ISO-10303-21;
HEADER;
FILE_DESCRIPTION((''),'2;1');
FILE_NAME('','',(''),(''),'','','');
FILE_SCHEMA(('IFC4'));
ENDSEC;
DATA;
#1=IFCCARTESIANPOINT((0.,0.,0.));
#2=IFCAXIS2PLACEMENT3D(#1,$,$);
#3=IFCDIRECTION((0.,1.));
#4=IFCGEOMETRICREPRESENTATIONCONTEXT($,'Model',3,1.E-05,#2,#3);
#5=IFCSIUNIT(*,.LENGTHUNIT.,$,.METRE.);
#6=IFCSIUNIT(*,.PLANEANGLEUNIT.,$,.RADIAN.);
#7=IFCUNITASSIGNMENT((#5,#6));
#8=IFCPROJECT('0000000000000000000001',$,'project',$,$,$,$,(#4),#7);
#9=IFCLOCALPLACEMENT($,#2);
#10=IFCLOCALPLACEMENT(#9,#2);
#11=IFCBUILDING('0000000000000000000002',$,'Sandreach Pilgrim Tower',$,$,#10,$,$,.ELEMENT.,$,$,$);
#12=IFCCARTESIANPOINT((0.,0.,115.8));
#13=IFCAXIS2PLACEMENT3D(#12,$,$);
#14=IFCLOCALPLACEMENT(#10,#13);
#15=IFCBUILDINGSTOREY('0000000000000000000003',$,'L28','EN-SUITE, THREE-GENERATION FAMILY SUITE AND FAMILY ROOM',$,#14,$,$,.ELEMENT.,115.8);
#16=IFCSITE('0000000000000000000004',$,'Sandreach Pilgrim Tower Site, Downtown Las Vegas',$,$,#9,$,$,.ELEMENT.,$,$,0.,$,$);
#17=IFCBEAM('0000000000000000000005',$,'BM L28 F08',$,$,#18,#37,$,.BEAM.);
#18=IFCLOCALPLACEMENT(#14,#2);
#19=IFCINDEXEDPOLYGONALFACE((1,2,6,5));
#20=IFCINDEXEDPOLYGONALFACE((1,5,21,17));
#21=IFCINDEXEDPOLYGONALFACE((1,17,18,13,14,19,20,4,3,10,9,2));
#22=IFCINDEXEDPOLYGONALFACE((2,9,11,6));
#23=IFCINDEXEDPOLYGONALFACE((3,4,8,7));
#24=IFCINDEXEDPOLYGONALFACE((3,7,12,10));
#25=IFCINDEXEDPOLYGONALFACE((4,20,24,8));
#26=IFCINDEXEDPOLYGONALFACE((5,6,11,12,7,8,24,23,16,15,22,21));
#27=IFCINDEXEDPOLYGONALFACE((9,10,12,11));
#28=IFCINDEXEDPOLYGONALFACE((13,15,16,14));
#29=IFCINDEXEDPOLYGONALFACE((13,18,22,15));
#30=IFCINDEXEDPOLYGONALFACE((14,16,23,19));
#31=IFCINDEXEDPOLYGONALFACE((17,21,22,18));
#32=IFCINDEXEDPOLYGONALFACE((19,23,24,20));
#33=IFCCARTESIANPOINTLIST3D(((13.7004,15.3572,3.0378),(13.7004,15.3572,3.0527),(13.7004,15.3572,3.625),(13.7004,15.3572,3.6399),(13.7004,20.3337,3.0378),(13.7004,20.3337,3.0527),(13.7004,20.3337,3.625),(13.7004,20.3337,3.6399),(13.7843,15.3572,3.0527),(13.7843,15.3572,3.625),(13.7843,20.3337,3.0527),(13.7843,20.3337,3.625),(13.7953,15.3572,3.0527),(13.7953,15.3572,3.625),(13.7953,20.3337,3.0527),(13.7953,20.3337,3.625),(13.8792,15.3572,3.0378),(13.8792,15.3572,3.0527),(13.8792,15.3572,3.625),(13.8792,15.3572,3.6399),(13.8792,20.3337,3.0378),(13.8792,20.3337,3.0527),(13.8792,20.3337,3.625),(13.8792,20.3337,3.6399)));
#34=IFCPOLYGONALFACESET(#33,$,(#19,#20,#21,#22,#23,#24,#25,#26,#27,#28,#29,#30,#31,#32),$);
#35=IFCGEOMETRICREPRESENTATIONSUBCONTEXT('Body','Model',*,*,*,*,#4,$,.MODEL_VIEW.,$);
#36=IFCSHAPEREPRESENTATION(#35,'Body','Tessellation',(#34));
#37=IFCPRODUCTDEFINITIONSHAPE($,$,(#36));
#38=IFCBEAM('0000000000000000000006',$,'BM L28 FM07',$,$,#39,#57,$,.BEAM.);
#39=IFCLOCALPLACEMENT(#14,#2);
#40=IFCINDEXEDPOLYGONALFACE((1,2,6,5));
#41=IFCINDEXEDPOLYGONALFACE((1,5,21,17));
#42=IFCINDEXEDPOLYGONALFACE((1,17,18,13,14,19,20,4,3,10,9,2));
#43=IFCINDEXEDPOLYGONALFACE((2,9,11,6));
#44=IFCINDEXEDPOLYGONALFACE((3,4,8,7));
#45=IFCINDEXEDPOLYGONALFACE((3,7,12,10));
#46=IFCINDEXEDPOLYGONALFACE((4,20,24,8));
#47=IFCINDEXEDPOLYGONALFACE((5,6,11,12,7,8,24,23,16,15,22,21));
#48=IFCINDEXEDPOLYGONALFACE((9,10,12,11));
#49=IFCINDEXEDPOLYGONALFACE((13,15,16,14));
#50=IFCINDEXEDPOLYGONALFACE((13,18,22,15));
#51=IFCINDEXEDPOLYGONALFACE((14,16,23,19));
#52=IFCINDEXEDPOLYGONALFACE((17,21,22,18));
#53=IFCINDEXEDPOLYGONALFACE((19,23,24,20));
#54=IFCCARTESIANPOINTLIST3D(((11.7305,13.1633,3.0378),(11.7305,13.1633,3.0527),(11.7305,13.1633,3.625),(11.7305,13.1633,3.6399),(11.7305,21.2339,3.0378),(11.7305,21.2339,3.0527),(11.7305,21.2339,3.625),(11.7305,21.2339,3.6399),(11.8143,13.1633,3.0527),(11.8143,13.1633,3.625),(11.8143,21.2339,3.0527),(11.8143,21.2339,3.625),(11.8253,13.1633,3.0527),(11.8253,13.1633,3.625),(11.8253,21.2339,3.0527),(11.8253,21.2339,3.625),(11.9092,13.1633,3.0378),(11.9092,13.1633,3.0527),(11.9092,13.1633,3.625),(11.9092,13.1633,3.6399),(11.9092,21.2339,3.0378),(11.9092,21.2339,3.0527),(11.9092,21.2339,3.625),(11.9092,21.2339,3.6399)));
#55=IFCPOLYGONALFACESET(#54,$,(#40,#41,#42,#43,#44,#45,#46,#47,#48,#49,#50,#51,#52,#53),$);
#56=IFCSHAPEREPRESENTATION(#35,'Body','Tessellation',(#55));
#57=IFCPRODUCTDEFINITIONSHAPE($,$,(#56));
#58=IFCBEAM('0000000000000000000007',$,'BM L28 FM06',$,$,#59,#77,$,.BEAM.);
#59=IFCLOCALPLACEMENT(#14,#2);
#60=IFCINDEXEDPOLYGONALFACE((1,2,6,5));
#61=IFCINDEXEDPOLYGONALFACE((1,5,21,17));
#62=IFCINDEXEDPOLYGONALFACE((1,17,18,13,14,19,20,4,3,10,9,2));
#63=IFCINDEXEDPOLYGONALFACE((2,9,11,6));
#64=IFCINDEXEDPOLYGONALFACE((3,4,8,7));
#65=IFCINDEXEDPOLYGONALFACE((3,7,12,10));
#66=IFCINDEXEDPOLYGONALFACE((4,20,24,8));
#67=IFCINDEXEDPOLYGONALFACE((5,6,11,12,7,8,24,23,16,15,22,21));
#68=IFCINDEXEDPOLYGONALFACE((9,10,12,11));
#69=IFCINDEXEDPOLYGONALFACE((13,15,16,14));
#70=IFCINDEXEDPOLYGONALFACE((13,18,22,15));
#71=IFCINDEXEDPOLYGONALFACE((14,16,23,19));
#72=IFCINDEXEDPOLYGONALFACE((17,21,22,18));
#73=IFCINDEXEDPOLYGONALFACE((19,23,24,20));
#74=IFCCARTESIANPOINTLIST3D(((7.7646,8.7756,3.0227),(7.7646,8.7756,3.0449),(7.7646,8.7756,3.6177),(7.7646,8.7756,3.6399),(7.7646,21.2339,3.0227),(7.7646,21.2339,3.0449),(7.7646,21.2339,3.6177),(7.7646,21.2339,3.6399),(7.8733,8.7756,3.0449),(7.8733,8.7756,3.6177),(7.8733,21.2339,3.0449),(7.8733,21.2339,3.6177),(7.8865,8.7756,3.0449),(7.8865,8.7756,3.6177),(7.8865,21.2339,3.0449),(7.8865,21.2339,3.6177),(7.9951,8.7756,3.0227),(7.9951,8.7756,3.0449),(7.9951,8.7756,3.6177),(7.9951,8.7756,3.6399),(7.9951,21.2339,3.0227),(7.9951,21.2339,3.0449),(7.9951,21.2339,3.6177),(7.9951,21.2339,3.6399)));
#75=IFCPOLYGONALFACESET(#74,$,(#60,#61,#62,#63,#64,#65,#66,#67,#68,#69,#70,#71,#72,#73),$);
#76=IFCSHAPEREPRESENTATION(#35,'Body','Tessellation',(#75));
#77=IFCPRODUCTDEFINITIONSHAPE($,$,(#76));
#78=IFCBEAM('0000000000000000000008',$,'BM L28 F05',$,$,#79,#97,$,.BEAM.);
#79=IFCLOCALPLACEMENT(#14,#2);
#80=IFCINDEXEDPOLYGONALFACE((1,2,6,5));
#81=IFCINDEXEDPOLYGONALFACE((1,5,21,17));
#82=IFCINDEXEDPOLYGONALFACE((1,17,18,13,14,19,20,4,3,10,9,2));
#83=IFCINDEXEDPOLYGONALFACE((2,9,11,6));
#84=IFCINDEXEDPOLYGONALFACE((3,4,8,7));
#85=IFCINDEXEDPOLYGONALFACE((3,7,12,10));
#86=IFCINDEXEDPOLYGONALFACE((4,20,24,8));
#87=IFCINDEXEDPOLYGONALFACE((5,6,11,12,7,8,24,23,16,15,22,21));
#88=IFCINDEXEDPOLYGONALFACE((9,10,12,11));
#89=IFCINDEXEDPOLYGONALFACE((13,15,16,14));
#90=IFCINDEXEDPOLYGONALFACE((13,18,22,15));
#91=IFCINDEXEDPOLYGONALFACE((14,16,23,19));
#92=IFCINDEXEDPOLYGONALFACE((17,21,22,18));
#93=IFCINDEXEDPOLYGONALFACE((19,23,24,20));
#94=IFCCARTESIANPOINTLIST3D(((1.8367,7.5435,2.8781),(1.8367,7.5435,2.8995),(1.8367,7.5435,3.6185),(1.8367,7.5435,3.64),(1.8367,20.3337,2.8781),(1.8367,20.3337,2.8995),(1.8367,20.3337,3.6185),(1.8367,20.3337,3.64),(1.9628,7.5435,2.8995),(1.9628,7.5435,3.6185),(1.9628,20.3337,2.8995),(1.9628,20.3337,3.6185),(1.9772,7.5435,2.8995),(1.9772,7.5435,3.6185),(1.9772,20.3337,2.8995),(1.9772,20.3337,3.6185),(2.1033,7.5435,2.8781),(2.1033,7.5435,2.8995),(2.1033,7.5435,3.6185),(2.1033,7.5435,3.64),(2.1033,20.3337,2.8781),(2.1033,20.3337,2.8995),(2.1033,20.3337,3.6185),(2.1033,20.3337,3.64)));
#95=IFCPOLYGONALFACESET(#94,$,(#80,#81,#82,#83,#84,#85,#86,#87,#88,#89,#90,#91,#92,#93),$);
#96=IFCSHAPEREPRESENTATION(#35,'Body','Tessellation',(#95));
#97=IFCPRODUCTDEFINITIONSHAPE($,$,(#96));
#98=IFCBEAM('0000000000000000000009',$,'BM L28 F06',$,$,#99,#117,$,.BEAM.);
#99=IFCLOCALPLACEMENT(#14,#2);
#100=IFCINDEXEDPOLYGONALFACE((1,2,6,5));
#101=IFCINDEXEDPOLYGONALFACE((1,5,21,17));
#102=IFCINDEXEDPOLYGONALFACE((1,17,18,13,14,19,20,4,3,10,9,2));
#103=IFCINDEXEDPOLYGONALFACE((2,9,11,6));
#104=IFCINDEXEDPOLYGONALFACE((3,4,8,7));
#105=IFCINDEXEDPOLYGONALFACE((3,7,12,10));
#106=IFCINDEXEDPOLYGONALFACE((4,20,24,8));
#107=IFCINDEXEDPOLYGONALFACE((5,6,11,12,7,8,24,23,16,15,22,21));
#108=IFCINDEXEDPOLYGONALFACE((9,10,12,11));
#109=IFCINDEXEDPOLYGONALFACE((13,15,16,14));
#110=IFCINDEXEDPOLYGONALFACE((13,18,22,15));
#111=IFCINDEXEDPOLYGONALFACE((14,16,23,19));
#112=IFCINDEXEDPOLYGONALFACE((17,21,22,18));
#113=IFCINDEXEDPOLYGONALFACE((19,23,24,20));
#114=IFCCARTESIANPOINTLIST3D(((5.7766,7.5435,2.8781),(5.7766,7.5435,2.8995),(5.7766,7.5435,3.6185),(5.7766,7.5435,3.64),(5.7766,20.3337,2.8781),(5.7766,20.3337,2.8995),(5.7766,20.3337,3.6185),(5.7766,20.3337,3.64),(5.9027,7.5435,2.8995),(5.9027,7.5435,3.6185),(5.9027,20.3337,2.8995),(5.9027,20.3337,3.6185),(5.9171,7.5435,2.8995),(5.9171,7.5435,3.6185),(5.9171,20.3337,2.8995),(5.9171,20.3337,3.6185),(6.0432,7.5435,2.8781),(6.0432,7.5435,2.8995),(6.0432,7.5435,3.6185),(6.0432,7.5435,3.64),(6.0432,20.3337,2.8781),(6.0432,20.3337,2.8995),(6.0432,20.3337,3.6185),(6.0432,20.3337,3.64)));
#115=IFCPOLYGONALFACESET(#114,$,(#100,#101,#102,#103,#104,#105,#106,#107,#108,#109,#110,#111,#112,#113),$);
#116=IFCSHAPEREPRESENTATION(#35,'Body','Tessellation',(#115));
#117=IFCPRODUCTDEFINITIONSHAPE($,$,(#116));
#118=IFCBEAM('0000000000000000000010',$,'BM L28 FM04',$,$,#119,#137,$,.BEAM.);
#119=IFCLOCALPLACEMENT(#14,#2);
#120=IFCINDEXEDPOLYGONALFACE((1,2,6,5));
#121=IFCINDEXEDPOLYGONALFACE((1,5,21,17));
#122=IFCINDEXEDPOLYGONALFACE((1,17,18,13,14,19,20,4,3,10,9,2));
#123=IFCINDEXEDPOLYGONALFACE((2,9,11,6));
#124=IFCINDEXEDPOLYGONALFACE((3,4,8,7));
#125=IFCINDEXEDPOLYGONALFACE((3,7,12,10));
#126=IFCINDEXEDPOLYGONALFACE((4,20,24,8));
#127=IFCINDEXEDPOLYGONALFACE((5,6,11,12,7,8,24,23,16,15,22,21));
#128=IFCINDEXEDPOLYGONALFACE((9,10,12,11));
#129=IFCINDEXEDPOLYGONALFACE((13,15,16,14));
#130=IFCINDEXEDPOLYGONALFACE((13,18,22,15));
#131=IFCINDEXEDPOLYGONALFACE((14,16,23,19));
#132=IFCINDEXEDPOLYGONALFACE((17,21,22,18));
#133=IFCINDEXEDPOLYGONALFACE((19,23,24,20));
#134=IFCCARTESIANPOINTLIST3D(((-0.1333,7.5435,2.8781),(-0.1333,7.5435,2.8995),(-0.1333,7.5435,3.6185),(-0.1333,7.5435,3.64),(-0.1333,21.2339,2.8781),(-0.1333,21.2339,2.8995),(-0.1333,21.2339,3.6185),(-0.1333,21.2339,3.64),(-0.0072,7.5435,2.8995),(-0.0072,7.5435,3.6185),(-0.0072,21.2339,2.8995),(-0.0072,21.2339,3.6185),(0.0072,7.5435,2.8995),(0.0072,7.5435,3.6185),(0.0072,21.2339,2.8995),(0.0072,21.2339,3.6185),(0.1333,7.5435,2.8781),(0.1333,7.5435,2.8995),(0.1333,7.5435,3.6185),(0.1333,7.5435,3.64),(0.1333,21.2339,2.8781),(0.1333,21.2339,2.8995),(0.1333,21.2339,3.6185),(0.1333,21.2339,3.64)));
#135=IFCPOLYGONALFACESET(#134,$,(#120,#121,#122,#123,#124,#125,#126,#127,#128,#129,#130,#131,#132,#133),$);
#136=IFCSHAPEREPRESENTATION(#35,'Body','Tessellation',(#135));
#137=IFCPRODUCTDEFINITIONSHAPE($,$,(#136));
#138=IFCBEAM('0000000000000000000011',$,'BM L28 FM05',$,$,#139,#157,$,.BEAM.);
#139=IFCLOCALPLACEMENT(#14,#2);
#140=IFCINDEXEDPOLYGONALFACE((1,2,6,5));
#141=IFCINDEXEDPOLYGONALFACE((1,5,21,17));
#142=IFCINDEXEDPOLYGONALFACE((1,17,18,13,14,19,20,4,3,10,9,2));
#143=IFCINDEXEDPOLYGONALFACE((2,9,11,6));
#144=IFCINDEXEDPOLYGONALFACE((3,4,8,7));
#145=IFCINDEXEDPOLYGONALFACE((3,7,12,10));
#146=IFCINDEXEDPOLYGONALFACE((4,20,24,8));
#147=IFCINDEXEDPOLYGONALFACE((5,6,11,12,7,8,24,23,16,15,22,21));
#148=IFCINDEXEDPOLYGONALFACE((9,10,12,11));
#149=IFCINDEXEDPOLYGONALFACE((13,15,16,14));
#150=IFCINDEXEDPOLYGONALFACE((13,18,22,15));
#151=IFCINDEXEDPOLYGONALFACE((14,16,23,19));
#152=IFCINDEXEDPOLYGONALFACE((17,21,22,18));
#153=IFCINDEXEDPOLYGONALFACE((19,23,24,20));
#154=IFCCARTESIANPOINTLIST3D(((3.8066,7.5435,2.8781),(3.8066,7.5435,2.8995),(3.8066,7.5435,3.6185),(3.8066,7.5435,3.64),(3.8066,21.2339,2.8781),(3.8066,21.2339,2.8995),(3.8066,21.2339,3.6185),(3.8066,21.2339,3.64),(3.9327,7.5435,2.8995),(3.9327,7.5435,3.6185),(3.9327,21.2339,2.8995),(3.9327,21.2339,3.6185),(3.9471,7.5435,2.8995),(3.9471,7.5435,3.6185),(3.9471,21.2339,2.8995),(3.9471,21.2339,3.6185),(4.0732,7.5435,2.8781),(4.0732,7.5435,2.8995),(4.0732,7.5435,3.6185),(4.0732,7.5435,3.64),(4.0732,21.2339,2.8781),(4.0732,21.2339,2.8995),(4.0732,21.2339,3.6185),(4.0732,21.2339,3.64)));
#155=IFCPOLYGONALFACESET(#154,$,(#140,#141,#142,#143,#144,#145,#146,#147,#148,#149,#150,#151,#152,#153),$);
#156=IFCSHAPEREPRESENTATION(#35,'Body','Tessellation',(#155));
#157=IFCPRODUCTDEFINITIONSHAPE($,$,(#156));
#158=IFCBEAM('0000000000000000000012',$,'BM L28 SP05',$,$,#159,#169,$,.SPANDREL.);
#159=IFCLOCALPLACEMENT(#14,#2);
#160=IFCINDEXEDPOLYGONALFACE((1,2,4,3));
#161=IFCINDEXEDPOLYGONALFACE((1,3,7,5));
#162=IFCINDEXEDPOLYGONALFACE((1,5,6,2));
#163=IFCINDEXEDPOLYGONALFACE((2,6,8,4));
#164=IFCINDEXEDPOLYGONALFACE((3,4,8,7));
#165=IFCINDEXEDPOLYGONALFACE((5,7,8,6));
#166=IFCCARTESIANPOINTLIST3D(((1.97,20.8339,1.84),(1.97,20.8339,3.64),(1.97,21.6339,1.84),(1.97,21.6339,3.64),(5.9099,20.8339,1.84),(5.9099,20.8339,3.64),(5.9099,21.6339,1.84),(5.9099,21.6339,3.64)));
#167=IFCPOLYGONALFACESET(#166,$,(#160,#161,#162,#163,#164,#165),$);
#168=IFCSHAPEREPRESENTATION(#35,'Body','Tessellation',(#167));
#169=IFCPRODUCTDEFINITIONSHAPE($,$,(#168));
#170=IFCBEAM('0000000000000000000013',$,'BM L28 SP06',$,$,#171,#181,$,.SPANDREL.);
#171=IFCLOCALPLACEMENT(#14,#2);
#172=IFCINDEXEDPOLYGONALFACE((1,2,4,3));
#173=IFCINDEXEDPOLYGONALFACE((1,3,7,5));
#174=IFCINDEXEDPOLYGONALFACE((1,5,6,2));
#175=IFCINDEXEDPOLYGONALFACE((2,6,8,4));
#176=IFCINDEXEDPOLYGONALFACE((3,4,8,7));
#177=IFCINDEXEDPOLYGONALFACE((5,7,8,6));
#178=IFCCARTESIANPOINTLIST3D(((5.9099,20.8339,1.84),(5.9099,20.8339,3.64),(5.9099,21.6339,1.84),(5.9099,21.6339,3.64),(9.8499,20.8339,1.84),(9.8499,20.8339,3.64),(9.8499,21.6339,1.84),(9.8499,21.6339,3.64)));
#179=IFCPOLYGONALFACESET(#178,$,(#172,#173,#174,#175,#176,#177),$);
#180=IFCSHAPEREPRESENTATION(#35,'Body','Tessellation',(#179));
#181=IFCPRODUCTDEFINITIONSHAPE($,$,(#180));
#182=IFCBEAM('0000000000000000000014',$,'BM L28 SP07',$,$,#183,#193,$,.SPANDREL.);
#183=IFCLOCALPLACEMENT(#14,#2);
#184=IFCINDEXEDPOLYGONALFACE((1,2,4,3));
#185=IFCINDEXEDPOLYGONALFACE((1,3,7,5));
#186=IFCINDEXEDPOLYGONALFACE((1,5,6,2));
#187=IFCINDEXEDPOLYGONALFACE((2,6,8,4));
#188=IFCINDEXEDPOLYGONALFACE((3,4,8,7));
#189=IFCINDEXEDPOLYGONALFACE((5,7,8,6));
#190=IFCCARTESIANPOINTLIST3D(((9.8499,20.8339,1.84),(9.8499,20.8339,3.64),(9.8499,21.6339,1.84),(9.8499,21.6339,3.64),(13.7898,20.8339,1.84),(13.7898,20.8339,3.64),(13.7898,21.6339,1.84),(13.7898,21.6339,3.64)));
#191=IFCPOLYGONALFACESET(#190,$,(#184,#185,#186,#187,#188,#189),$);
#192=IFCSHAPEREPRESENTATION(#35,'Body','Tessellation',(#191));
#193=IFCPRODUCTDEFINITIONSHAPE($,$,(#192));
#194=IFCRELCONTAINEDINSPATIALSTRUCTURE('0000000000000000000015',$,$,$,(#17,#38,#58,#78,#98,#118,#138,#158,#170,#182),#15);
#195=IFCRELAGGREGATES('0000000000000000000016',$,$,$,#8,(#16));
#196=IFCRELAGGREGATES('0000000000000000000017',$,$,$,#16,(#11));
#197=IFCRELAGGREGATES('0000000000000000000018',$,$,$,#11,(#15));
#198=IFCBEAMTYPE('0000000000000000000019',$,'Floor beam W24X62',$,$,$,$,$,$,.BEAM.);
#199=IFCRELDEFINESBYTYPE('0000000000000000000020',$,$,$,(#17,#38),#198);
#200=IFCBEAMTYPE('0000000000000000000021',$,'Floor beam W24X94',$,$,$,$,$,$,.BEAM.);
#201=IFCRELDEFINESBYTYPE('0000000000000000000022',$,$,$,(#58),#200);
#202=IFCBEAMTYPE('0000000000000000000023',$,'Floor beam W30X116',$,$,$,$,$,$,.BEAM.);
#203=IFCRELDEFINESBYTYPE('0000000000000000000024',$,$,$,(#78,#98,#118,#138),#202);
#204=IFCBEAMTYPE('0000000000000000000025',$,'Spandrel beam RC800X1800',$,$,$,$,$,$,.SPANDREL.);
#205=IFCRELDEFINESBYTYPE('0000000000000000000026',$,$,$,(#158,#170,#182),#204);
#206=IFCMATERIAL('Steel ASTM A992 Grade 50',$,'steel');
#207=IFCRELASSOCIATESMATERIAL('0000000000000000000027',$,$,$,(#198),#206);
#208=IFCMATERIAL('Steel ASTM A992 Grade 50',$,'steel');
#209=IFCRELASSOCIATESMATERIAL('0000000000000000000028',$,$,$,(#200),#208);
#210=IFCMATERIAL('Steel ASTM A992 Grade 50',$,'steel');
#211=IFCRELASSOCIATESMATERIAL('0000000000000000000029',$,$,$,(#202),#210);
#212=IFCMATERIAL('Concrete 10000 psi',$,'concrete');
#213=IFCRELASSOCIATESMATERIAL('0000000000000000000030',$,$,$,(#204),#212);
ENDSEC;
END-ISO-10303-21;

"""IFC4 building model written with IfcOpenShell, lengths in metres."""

from ifc_helpers import new_model, si_unit, direction, frame, origin, origin_2d, place, context, subcontext, project, spatial, rectangle, i_section, extrude, material, material_profile, profile_set, type_object, element, save


model = new_model("IFC4")

# Units and contexts
model_context = context("Model", 3, precision=1e-05, world=origin(), true_north=direction((0.0, 1.0)))
body_context = subcontext(model_context, "Body", "Model", "MODEL_VIEW")
ifc_project = project(units=[si_unit("LENGTHUNIT", "METRE"), si_unit("PLANEANGLEUNIT", "RADIAN")], contexts=[model_context])

# Site, building, storey
site_placement = place(None, origin())
site = spatial("IfcSite", under=ifc_project, at=site_placement, Name="Sandreach Pilgrim Tower Site, Downtown Las Vegas", CompositionType="ELEMENT", RefElevation=0.0)
building_placement = place(site_placement, origin())
building = spatial("IfcBuilding", under=site, at=building_placement, Name="Sandreach Pilgrim Tower", CompositionType="ELEMENT")
storey_placement = place(building_placement, frame((0.0, 0.0, 115.8)))
storey = spatial("IfcBuildingStorey", under=building, at=storey_placement, Name="L28", Description="EN-SUITE, THREE-GENERATION FAMILY SUITE AND FAMILY ROOM", CompositionType="ELEMENT", Elevation=115.8)

# Beams
ifc_material_1 = material(Name="Steel ASTM A992 Grade 50", Category="steel")
ifc_material_profile_1 = material_profile(ifc_material_1, i_section(OverallWidth=0.1787, OverallDepth=0.6021, WebThickness=0.011, FlangeThickness=0.0149, at=origin_2d()), Name="W24X62")
ifc_profile_set_1 = profile_set([ifc_material_profile_1], Name="Steel ASTM A992 Grade 50")
beam_type_1 = type_object("IfcBeamType", Name="Floor beam W24X62", PredefinedType="BEAM", material=ifc_profile_set_1)
beam_1_placement = place(storey_placement, frame((13.7898, 20.3337, 3.3389), z_axis=(0.0, -1.0, 0.0), x_axis=(1.0, 0.0, 0.0)))
element("IfcBeam", 1, at=beam_1_placement, inside=storey, type_object=beam_type_1, Name="BM L28 F08", PredefinedType="BEAM", context=body_context, shape_type="SweptSolid", body=[
    extrude(i_section(OverallWidth=0.1787, OverallDepth=0.6021, WebThickness=0.011, FlangeThickness=0.0149, at=origin_2d()), origin(), (0.0, 0.0, 1.0), 4.9766),
])
beam_2_placement = place(storey_placement, frame((11.8198, 21.2339, 3.3389), z_axis=(0.0, -1.0, 0.0), x_axis=(1.0, 0.0, 0.0)))
element("IfcBeam", 2, at=beam_2_placement, inside=storey, type_object=beam_type_1, Name="BM L28 FM07", PredefinedType="BEAM", context=body_context, shape_type="SweptSolid", body=[
    extrude(i_section(OverallWidth=0.1787, OverallDepth=0.6021, WebThickness=0.011, FlangeThickness=0.0149, at=origin_2d()), origin(), (0.0, 0.0, 1.0), 8.0706),
])
ifc_material_2 = material(Name="Steel ASTM A992 Grade 50", Category="steel")
ifc_material_profile_2 = material_profile(ifc_material_2, i_section(OverallWidth=0.2305, OverallDepth=0.6172, WebThickness=0.0132, FlangeThickness=0.0222, at=origin_2d()), Name="W24X94")
ifc_profile_set_2 = profile_set([ifc_material_profile_2], Name="Steel ASTM A992 Grade 50")
beam_type_2 = type_object("IfcBeamType", Name="Floor beam W24X94", PredefinedType="BEAM", material=ifc_profile_set_2)
beam_3_placement = place(storey_placement, frame((7.8799, 21.2339, 3.3313), z_axis=(0.0, -1.0, 0.0), x_axis=(1.0, 0.0, 0.0)))
element("IfcBeam", 3, at=beam_3_placement, inside=storey, type_object=beam_type_2, Name="BM L28 FM06", PredefinedType="BEAM", context=body_context, shape_type="SweptSolid", body=[
    extrude(i_section(OverallWidth=0.2305, OverallDepth=0.6172, WebThickness=0.0132, FlangeThickness=0.0222, at=origin_2d()), origin(), (0.0, 0.0, 1.0), 12.4583),
])
ifc_material_3 = material(Name="Steel ASTM A992 Grade 50", Category="steel")
ifc_material_profile_3 = material_profile(ifc_material_3, i_section(OverallWidth=0.2666, OverallDepth=0.762, WebThickness=0.0144, FlangeThickness=0.0215, at=origin_2d()), Name="W30X116")
ifc_profile_set_3 = profile_set([ifc_material_profile_3], Name="Steel ASTM A992 Grade 50")
beam_type_3 = type_object("IfcBeamType", Name="Floor beam W30X116", PredefinedType="BEAM", material=ifc_profile_set_3)
for number, where, z_axis, x_axis, name in (
    (4, (1.97, 20.3337, 3.259), (0.0, -1.0, 0.0), (1.0, 0.0, 0.0), "BM L28 F05"),
    (5, (5.9099, 20.3337, 3.259), (0.0, -1.0, 0.0), (1.0, 0.0, 0.0), "BM L28 F06"),
):
    element("IfcBeam", number, at=place(storey_placement, frame(where, z_axis=z_axis, x_axis=x_axis)), inside=storey, type_object=beam_type_3, Name=name, PredefinedType="BEAM", context=body_context, shape_type="SweptSolid", body=[
        extrude(i_section(OverallWidth=0.2666, OverallDepth=0.762, WebThickness=0.0144, FlangeThickness=0.0215, at=origin_2d()), origin(), (0.0, 0.0, 1.0), 12.7903),
    ])
for number, where, z_axis, x_axis, name in (
    (6, (0.0, 21.2339, 3.259), (0.0, -1.0, 0.0), (1.0, 0.0, 0.0), "BM L28 FM04"),
    (7, (3.9399, 21.2339, 3.259), (0.0, -1.0, 0.0), (1.0, 0.0, 0.0), "BM L28 FM05"),
):
    element("IfcBeam", number, at=place(storey_placement, frame(where, z_axis=z_axis, x_axis=x_axis)), inside=storey, type_object=beam_type_3, Name=name, PredefinedType="BEAM", context=body_context, shape_type="SweptSolid", body=[
        extrude(i_section(OverallWidth=0.2666, OverallDepth=0.762, WebThickness=0.0144, FlangeThickness=0.0215, at=origin_2d()), origin(), (0.0, 0.0, 1.0), 13.6904),
    ])
ifc_material_4 = material(Name="Concrete 10000 psi", Category="concrete")
ifc_material_profile_4 = material_profile(ifc_material_4, rectangle(XDim=0.8, YDim=1.8, at=origin_2d()), Name="RC800X1800")
ifc_profile_set_4 = profile_set([ifc_material_profile_4], Name="Concrete 10000 psi")
beam_type_4 = type_object("IfcBeamType", Name="Spandrel beam RC800X1800", PredefinedType="SPANDREL", material=ifc_profile_set_4)
for number, where, z_axis, x_axis, name in (
    (8, (1.97, 21.2339, 2.74), (1.0, 0.0, 0.0), (0.0, 1.0, 0.0), "BM L28 SP05"),
    (9, (5.9099, 21.2339, 2.74), (1.0, 0.0, 0.0), (0.0, 1.0, 0.0), "BM L28 SP06"),
    (10, (9.8499, 21.2339, 2.74), (1.0, 0.0, 0.0), (0.0, 1.0, 0.0), "BM L28 SP07"),
):
    element("IfcBeam", number, at=place(storey_placement, frame(where, z_axis=z_axis, x_axis=x_axis)), inside=storey, type_object=beam_type_4, Name=name, PredefinedType="SPANDREL", context=body_context, shape_type="SweptSolid", body=[
        extrude(rectangle(XDim=0.8, YDim=1.8, at=origin_2d()), origin(), (0.0, 0.0, 1.0), 3.9399),
    ])

save(model, "model.ifc")
